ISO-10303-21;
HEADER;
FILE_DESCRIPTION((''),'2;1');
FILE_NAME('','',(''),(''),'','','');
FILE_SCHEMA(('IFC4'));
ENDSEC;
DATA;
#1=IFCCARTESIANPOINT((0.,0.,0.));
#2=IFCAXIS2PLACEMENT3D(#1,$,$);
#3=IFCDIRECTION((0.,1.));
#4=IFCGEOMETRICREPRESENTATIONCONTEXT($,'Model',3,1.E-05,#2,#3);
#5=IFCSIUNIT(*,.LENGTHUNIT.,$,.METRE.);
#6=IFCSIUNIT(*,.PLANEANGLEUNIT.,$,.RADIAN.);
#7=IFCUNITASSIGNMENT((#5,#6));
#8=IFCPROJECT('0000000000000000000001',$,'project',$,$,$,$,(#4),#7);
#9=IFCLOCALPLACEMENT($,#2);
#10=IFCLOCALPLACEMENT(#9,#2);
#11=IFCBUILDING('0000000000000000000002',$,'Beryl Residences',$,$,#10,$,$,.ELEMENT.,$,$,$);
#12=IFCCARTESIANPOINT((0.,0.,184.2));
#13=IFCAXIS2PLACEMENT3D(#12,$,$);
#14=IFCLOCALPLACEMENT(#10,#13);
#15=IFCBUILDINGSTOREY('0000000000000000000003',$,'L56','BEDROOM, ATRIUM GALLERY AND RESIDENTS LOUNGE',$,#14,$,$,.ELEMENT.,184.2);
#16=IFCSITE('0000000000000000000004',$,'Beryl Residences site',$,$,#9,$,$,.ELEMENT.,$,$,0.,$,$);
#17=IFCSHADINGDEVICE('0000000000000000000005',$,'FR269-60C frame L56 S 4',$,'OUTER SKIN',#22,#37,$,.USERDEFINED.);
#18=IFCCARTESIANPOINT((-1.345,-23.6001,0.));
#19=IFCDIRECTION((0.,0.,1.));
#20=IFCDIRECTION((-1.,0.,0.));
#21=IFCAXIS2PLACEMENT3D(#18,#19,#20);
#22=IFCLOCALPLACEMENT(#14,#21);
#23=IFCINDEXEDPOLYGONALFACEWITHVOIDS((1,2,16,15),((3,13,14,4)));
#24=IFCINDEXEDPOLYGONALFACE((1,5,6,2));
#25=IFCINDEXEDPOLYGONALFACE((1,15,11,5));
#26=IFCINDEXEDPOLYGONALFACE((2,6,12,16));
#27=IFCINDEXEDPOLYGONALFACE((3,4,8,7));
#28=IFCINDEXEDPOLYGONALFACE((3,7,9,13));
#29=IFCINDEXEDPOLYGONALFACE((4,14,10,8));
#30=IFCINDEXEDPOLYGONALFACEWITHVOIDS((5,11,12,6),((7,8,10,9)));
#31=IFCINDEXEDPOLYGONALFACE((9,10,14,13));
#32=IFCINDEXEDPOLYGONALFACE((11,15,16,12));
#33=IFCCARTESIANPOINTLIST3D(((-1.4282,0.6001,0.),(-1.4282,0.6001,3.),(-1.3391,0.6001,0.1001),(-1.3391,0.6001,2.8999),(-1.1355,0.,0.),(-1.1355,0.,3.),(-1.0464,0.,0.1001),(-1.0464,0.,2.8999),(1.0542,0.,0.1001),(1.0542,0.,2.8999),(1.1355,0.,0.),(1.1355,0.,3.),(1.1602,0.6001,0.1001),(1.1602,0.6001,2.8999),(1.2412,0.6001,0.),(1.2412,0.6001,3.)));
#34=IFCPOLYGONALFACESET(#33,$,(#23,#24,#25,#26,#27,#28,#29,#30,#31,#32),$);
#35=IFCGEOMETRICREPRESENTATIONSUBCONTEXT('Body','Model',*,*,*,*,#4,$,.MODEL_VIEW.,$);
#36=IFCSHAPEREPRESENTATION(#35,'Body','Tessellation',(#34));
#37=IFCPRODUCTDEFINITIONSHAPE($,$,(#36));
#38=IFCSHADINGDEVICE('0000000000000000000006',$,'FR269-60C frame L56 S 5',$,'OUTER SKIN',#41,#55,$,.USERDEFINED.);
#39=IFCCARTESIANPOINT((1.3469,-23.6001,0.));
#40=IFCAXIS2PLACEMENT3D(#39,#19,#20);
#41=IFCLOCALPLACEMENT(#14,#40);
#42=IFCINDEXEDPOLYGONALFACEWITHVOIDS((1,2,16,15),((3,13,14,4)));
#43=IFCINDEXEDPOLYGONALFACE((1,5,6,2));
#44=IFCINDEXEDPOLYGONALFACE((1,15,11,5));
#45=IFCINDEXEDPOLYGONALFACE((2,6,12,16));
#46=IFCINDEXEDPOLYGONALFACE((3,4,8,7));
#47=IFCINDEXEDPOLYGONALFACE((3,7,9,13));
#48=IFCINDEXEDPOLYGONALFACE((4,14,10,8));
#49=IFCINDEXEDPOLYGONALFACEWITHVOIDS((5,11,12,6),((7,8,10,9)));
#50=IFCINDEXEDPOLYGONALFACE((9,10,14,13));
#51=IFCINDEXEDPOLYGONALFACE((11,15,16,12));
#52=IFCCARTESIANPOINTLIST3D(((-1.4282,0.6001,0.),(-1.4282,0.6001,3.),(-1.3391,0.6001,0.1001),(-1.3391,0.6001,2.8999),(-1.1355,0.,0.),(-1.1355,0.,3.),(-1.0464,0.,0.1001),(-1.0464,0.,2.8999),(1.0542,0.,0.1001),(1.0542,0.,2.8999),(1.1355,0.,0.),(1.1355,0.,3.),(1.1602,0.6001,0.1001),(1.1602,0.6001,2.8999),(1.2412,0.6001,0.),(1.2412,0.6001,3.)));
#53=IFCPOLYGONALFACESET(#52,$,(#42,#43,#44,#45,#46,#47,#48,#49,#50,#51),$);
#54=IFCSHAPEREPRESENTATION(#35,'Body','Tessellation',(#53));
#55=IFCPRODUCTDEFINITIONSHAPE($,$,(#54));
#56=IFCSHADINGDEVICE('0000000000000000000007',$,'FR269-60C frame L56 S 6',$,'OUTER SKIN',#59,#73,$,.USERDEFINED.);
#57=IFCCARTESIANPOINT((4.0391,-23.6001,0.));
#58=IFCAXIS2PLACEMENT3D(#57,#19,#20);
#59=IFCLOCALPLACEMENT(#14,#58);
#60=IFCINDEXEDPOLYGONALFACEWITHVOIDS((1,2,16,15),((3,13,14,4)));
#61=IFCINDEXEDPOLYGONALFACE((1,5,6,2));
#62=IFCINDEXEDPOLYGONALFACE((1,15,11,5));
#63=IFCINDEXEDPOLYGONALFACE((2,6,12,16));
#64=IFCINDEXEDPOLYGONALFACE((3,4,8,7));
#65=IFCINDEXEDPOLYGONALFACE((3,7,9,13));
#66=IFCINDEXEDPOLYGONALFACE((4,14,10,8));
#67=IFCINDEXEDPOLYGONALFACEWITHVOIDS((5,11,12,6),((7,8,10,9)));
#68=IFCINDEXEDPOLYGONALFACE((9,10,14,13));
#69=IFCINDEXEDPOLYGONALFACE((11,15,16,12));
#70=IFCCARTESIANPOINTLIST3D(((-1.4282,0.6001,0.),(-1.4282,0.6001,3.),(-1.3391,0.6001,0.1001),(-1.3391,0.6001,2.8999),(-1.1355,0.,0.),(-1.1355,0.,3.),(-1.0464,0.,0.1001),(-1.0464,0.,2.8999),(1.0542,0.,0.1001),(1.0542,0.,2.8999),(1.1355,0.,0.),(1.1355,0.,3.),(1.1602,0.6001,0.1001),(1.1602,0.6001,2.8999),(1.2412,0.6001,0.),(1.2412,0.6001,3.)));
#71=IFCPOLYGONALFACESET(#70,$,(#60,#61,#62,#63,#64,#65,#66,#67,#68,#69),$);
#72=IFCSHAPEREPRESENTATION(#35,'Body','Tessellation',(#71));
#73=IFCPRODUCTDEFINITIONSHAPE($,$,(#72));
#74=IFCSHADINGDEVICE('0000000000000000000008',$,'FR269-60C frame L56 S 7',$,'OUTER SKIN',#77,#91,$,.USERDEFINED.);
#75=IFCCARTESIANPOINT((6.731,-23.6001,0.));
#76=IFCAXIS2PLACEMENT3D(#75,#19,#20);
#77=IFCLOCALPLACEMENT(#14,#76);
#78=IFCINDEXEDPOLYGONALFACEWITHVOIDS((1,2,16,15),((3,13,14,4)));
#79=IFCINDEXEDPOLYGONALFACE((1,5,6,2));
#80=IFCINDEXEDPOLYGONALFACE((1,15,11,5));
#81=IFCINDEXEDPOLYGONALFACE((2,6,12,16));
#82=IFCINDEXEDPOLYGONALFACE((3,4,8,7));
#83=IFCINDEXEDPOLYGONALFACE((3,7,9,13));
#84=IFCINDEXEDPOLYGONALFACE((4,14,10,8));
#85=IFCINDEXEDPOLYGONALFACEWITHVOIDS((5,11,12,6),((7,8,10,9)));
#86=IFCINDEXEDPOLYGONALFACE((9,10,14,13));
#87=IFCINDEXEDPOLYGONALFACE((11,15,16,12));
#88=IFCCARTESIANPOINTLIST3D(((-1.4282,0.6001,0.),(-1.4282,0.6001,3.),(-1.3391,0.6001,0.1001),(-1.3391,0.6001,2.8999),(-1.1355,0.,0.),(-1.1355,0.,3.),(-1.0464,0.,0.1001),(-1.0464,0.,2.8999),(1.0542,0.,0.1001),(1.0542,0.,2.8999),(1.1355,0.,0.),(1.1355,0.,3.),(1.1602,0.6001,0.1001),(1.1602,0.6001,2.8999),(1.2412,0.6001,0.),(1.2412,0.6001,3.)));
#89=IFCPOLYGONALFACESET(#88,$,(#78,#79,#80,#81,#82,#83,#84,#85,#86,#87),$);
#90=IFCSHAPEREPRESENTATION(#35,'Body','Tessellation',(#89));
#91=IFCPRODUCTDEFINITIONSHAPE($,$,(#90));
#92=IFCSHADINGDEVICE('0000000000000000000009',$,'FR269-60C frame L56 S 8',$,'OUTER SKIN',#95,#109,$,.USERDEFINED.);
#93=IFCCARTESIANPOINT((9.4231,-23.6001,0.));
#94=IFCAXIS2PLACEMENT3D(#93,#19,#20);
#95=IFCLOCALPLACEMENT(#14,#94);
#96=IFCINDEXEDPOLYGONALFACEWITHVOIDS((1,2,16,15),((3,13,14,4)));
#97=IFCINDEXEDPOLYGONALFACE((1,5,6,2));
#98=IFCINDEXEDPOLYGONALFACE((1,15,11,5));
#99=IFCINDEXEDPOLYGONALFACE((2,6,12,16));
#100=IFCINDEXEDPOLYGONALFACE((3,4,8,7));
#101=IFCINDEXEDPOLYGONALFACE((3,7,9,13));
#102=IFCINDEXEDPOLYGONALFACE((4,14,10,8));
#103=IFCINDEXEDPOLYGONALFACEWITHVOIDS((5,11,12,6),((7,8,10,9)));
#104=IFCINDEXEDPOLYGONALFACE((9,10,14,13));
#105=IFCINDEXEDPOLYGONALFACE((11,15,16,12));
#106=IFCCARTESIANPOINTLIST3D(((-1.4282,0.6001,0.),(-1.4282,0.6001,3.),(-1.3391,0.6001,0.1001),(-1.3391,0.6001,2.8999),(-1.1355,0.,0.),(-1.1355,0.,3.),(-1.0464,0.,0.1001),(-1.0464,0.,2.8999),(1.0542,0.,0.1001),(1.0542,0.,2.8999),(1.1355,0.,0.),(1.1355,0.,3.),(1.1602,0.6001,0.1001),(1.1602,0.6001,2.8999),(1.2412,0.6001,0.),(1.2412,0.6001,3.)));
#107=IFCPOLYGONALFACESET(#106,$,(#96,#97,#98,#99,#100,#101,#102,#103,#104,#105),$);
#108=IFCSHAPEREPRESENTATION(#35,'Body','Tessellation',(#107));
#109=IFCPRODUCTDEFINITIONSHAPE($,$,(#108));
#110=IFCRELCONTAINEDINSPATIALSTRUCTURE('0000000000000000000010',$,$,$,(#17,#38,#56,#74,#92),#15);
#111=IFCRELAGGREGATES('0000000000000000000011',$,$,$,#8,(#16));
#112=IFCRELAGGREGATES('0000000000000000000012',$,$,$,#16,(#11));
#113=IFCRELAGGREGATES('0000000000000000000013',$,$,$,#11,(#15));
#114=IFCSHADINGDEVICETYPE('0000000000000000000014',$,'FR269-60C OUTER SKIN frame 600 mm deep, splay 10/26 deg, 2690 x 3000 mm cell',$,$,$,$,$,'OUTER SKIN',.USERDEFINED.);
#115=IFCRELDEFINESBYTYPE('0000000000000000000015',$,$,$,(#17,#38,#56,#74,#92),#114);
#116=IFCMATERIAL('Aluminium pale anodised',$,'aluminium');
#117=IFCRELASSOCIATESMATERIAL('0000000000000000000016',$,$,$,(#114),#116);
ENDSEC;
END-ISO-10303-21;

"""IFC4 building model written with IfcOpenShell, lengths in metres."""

from ifc_helpers import new_model, entity, si_unit, direction, frame, origin, place, context, subcontext, project, spatial, source, transform, mapped, material, type_object, type_shapes, element, save


model = new_model("IFC4")

# Units and contexts
model_context = context("Model", 3, precision=1e-05, world=origin(), true_north=direction((0.0, 1.0)))
body_context = subcontext(model_context, "Body", "Model", "MODEL_VIEW")
ifc_project = project(units=[si_unit("LENGTHUNIT", "METRE"), si_unit("PLANEANGLEUNIT", "RADIAN")], contexts=[model_context])

# Site, building, storey
site_placement = place(None, origin())
site = spatial("IfcSite", under=ifc_project, at=site_placement, Name="Beryl Residences site", CompositionType="ELEMENT", RefElevation=0.0)
building_placement = place(site_placement, origin())
building = spatial("IfcBuilding", under=site, at=building_placement, Name="Beryl Residences", CompositionType="ELEMENT")
storey_placement = place(building_placement, frame((0.0, 0.0, 184.2)))
storey = spatial("IfcBuildingStorey", under=building, at=storey_placement, Name="L56", Description="BEDROOM, ATRIUM GALLERY AND RESIDENTS LOUNGE", CompositionType="ELEMENT", Elevation=184.2)

# Shading devices
ifc_material_1 = material(Name="Aluminium pale anodised", Category="aluminium")
shading_device_type = type_object("IfcShadingDeviceType", Name="FR269-60C OUTER SKIN frame 600 mm deep, splay 10/26 deg, 2690 x 3000 mm cell", ElementType="OUTER SKIN", PredefinedType="USERDEFINED", material=ifc_material_1)
cartesian_point_1 = entity("IfcCartesianPoint", [-1.1355, 0.0])
cartesian_point_2 = entity("IfcCartesianPoint", [-1.0542, 0.1001])
cartesian_point_3 = entity("IfcCartesianPoint", [-1.2412, 0.0])
cartesian_point_4 = entity("IfcCartesianPoint", [-1.1602, 0.1001])
shared_shape_1 = source(origin(), body_context, "Body", "SweptSolid", [
    entity("IfcExtrudedAreaSolidTapered", entity("IfcArbitraryProfileDefWithVoids", "AREA", None, entity("IfcPolyline", [cartesian_point_1, entity("IfcCartesianPoint", [1.1355, 0.0]), entity("IfcCartesianPoint", [1.1355, 3.0]), entity("IfcCartesianPoint", [-1.1355, 3.0]), cartesian_point_1]), [entity("IfcPolyline", [cartesian_point_2, entity("IfcCartesianPoint", [1.0464, 0.1001]), entity("IfcCartesianPoint", [1.0464, 2.8999]), entity("IfcCartesianPoint", [-1.0542, 2.8999]), cartesian_point_2])]), entity("IfcAxis2Placement3D", entity("IfcCartesianPoint", [0.0, 0.0, 0.0]), entity("IfcDirection", [0.0, 1.0, 0.0]), entity("IfcDirection", [-1.0, 0.0, 0.0])), entity("IfcDirection", [0.0, 0.0, 1.0]), 0.6001, entity("IfcArbitraryProfileDefWithVoids", "AREA", None, entity("IfcPolyline", [cartesian_point_3, entity("IfcCartesianPoint", [1.4282, 0.0]), entity("IfcCartesianPoint", [1.4282, 3.0]), entity("IfcCartesianPoint", [-1.2412, 3.0]), cartesian_point_3]), [entity("IfcPolyline", [cartesian_point_4, entity("IfcCartesianPoint", [1.3391, 0.1001]), entity("IfcCartesianPoint", [1.3391, 2.8999]), entity("IfcCartesianPoint", [-1.1602, 2.8999]), cartesian_point_4])])),
])
type_shapes(shading_device_type, [shared_shape_1])
for number, where, z_axis, x_axis, name in (
    (1, (-1.345, -23.6001, 0.0), (0.0, 0.0, 1.0), (-1.0, 0.0, 0.0), "FR269-60C frame L56 S 4"),
    (2, (1.3469, -23.6001, 0.0), (0.0, 0.0, 1.0), (-1.0, 0.0, 0.0), "FR269-60C frame L56 S 5"),
    (3, (4.0391, -23.6001, 0.0), (0.0, 0.0, 1.0), (-1.0, 0.0, 0.0), "FR269-60C frame L56 S 6"),
    (4, (6.731, -23.6001, 0.0), (0.0, 0.0, 1.0), (-1.0, 0.0, 0.0), "FR269-60C frame L56 S 7"),
    (5, (9.4231, -23.6001, 0.0), (0.0, 0.0, 1.0), (-1.0, 0.0, 0.0), "FR269-60C frame L56 S 8"),
):
    element("IfcShadingDevice", number, at=place(storey_placement, frame(where, z_axis=z_axis, x_axis=x_axis)), inside=storey, type_object=shading_device_type, Name=name, ObjectType="OUTER SKIN", PredefinedType="USERDEFINED", context=body_context, shape_type="MappedRepresentation", body=[
        mapped(shared_shape_1, transform((0.0, 0.0, 0.0))),
    ])

save(model, "model.ifc")
